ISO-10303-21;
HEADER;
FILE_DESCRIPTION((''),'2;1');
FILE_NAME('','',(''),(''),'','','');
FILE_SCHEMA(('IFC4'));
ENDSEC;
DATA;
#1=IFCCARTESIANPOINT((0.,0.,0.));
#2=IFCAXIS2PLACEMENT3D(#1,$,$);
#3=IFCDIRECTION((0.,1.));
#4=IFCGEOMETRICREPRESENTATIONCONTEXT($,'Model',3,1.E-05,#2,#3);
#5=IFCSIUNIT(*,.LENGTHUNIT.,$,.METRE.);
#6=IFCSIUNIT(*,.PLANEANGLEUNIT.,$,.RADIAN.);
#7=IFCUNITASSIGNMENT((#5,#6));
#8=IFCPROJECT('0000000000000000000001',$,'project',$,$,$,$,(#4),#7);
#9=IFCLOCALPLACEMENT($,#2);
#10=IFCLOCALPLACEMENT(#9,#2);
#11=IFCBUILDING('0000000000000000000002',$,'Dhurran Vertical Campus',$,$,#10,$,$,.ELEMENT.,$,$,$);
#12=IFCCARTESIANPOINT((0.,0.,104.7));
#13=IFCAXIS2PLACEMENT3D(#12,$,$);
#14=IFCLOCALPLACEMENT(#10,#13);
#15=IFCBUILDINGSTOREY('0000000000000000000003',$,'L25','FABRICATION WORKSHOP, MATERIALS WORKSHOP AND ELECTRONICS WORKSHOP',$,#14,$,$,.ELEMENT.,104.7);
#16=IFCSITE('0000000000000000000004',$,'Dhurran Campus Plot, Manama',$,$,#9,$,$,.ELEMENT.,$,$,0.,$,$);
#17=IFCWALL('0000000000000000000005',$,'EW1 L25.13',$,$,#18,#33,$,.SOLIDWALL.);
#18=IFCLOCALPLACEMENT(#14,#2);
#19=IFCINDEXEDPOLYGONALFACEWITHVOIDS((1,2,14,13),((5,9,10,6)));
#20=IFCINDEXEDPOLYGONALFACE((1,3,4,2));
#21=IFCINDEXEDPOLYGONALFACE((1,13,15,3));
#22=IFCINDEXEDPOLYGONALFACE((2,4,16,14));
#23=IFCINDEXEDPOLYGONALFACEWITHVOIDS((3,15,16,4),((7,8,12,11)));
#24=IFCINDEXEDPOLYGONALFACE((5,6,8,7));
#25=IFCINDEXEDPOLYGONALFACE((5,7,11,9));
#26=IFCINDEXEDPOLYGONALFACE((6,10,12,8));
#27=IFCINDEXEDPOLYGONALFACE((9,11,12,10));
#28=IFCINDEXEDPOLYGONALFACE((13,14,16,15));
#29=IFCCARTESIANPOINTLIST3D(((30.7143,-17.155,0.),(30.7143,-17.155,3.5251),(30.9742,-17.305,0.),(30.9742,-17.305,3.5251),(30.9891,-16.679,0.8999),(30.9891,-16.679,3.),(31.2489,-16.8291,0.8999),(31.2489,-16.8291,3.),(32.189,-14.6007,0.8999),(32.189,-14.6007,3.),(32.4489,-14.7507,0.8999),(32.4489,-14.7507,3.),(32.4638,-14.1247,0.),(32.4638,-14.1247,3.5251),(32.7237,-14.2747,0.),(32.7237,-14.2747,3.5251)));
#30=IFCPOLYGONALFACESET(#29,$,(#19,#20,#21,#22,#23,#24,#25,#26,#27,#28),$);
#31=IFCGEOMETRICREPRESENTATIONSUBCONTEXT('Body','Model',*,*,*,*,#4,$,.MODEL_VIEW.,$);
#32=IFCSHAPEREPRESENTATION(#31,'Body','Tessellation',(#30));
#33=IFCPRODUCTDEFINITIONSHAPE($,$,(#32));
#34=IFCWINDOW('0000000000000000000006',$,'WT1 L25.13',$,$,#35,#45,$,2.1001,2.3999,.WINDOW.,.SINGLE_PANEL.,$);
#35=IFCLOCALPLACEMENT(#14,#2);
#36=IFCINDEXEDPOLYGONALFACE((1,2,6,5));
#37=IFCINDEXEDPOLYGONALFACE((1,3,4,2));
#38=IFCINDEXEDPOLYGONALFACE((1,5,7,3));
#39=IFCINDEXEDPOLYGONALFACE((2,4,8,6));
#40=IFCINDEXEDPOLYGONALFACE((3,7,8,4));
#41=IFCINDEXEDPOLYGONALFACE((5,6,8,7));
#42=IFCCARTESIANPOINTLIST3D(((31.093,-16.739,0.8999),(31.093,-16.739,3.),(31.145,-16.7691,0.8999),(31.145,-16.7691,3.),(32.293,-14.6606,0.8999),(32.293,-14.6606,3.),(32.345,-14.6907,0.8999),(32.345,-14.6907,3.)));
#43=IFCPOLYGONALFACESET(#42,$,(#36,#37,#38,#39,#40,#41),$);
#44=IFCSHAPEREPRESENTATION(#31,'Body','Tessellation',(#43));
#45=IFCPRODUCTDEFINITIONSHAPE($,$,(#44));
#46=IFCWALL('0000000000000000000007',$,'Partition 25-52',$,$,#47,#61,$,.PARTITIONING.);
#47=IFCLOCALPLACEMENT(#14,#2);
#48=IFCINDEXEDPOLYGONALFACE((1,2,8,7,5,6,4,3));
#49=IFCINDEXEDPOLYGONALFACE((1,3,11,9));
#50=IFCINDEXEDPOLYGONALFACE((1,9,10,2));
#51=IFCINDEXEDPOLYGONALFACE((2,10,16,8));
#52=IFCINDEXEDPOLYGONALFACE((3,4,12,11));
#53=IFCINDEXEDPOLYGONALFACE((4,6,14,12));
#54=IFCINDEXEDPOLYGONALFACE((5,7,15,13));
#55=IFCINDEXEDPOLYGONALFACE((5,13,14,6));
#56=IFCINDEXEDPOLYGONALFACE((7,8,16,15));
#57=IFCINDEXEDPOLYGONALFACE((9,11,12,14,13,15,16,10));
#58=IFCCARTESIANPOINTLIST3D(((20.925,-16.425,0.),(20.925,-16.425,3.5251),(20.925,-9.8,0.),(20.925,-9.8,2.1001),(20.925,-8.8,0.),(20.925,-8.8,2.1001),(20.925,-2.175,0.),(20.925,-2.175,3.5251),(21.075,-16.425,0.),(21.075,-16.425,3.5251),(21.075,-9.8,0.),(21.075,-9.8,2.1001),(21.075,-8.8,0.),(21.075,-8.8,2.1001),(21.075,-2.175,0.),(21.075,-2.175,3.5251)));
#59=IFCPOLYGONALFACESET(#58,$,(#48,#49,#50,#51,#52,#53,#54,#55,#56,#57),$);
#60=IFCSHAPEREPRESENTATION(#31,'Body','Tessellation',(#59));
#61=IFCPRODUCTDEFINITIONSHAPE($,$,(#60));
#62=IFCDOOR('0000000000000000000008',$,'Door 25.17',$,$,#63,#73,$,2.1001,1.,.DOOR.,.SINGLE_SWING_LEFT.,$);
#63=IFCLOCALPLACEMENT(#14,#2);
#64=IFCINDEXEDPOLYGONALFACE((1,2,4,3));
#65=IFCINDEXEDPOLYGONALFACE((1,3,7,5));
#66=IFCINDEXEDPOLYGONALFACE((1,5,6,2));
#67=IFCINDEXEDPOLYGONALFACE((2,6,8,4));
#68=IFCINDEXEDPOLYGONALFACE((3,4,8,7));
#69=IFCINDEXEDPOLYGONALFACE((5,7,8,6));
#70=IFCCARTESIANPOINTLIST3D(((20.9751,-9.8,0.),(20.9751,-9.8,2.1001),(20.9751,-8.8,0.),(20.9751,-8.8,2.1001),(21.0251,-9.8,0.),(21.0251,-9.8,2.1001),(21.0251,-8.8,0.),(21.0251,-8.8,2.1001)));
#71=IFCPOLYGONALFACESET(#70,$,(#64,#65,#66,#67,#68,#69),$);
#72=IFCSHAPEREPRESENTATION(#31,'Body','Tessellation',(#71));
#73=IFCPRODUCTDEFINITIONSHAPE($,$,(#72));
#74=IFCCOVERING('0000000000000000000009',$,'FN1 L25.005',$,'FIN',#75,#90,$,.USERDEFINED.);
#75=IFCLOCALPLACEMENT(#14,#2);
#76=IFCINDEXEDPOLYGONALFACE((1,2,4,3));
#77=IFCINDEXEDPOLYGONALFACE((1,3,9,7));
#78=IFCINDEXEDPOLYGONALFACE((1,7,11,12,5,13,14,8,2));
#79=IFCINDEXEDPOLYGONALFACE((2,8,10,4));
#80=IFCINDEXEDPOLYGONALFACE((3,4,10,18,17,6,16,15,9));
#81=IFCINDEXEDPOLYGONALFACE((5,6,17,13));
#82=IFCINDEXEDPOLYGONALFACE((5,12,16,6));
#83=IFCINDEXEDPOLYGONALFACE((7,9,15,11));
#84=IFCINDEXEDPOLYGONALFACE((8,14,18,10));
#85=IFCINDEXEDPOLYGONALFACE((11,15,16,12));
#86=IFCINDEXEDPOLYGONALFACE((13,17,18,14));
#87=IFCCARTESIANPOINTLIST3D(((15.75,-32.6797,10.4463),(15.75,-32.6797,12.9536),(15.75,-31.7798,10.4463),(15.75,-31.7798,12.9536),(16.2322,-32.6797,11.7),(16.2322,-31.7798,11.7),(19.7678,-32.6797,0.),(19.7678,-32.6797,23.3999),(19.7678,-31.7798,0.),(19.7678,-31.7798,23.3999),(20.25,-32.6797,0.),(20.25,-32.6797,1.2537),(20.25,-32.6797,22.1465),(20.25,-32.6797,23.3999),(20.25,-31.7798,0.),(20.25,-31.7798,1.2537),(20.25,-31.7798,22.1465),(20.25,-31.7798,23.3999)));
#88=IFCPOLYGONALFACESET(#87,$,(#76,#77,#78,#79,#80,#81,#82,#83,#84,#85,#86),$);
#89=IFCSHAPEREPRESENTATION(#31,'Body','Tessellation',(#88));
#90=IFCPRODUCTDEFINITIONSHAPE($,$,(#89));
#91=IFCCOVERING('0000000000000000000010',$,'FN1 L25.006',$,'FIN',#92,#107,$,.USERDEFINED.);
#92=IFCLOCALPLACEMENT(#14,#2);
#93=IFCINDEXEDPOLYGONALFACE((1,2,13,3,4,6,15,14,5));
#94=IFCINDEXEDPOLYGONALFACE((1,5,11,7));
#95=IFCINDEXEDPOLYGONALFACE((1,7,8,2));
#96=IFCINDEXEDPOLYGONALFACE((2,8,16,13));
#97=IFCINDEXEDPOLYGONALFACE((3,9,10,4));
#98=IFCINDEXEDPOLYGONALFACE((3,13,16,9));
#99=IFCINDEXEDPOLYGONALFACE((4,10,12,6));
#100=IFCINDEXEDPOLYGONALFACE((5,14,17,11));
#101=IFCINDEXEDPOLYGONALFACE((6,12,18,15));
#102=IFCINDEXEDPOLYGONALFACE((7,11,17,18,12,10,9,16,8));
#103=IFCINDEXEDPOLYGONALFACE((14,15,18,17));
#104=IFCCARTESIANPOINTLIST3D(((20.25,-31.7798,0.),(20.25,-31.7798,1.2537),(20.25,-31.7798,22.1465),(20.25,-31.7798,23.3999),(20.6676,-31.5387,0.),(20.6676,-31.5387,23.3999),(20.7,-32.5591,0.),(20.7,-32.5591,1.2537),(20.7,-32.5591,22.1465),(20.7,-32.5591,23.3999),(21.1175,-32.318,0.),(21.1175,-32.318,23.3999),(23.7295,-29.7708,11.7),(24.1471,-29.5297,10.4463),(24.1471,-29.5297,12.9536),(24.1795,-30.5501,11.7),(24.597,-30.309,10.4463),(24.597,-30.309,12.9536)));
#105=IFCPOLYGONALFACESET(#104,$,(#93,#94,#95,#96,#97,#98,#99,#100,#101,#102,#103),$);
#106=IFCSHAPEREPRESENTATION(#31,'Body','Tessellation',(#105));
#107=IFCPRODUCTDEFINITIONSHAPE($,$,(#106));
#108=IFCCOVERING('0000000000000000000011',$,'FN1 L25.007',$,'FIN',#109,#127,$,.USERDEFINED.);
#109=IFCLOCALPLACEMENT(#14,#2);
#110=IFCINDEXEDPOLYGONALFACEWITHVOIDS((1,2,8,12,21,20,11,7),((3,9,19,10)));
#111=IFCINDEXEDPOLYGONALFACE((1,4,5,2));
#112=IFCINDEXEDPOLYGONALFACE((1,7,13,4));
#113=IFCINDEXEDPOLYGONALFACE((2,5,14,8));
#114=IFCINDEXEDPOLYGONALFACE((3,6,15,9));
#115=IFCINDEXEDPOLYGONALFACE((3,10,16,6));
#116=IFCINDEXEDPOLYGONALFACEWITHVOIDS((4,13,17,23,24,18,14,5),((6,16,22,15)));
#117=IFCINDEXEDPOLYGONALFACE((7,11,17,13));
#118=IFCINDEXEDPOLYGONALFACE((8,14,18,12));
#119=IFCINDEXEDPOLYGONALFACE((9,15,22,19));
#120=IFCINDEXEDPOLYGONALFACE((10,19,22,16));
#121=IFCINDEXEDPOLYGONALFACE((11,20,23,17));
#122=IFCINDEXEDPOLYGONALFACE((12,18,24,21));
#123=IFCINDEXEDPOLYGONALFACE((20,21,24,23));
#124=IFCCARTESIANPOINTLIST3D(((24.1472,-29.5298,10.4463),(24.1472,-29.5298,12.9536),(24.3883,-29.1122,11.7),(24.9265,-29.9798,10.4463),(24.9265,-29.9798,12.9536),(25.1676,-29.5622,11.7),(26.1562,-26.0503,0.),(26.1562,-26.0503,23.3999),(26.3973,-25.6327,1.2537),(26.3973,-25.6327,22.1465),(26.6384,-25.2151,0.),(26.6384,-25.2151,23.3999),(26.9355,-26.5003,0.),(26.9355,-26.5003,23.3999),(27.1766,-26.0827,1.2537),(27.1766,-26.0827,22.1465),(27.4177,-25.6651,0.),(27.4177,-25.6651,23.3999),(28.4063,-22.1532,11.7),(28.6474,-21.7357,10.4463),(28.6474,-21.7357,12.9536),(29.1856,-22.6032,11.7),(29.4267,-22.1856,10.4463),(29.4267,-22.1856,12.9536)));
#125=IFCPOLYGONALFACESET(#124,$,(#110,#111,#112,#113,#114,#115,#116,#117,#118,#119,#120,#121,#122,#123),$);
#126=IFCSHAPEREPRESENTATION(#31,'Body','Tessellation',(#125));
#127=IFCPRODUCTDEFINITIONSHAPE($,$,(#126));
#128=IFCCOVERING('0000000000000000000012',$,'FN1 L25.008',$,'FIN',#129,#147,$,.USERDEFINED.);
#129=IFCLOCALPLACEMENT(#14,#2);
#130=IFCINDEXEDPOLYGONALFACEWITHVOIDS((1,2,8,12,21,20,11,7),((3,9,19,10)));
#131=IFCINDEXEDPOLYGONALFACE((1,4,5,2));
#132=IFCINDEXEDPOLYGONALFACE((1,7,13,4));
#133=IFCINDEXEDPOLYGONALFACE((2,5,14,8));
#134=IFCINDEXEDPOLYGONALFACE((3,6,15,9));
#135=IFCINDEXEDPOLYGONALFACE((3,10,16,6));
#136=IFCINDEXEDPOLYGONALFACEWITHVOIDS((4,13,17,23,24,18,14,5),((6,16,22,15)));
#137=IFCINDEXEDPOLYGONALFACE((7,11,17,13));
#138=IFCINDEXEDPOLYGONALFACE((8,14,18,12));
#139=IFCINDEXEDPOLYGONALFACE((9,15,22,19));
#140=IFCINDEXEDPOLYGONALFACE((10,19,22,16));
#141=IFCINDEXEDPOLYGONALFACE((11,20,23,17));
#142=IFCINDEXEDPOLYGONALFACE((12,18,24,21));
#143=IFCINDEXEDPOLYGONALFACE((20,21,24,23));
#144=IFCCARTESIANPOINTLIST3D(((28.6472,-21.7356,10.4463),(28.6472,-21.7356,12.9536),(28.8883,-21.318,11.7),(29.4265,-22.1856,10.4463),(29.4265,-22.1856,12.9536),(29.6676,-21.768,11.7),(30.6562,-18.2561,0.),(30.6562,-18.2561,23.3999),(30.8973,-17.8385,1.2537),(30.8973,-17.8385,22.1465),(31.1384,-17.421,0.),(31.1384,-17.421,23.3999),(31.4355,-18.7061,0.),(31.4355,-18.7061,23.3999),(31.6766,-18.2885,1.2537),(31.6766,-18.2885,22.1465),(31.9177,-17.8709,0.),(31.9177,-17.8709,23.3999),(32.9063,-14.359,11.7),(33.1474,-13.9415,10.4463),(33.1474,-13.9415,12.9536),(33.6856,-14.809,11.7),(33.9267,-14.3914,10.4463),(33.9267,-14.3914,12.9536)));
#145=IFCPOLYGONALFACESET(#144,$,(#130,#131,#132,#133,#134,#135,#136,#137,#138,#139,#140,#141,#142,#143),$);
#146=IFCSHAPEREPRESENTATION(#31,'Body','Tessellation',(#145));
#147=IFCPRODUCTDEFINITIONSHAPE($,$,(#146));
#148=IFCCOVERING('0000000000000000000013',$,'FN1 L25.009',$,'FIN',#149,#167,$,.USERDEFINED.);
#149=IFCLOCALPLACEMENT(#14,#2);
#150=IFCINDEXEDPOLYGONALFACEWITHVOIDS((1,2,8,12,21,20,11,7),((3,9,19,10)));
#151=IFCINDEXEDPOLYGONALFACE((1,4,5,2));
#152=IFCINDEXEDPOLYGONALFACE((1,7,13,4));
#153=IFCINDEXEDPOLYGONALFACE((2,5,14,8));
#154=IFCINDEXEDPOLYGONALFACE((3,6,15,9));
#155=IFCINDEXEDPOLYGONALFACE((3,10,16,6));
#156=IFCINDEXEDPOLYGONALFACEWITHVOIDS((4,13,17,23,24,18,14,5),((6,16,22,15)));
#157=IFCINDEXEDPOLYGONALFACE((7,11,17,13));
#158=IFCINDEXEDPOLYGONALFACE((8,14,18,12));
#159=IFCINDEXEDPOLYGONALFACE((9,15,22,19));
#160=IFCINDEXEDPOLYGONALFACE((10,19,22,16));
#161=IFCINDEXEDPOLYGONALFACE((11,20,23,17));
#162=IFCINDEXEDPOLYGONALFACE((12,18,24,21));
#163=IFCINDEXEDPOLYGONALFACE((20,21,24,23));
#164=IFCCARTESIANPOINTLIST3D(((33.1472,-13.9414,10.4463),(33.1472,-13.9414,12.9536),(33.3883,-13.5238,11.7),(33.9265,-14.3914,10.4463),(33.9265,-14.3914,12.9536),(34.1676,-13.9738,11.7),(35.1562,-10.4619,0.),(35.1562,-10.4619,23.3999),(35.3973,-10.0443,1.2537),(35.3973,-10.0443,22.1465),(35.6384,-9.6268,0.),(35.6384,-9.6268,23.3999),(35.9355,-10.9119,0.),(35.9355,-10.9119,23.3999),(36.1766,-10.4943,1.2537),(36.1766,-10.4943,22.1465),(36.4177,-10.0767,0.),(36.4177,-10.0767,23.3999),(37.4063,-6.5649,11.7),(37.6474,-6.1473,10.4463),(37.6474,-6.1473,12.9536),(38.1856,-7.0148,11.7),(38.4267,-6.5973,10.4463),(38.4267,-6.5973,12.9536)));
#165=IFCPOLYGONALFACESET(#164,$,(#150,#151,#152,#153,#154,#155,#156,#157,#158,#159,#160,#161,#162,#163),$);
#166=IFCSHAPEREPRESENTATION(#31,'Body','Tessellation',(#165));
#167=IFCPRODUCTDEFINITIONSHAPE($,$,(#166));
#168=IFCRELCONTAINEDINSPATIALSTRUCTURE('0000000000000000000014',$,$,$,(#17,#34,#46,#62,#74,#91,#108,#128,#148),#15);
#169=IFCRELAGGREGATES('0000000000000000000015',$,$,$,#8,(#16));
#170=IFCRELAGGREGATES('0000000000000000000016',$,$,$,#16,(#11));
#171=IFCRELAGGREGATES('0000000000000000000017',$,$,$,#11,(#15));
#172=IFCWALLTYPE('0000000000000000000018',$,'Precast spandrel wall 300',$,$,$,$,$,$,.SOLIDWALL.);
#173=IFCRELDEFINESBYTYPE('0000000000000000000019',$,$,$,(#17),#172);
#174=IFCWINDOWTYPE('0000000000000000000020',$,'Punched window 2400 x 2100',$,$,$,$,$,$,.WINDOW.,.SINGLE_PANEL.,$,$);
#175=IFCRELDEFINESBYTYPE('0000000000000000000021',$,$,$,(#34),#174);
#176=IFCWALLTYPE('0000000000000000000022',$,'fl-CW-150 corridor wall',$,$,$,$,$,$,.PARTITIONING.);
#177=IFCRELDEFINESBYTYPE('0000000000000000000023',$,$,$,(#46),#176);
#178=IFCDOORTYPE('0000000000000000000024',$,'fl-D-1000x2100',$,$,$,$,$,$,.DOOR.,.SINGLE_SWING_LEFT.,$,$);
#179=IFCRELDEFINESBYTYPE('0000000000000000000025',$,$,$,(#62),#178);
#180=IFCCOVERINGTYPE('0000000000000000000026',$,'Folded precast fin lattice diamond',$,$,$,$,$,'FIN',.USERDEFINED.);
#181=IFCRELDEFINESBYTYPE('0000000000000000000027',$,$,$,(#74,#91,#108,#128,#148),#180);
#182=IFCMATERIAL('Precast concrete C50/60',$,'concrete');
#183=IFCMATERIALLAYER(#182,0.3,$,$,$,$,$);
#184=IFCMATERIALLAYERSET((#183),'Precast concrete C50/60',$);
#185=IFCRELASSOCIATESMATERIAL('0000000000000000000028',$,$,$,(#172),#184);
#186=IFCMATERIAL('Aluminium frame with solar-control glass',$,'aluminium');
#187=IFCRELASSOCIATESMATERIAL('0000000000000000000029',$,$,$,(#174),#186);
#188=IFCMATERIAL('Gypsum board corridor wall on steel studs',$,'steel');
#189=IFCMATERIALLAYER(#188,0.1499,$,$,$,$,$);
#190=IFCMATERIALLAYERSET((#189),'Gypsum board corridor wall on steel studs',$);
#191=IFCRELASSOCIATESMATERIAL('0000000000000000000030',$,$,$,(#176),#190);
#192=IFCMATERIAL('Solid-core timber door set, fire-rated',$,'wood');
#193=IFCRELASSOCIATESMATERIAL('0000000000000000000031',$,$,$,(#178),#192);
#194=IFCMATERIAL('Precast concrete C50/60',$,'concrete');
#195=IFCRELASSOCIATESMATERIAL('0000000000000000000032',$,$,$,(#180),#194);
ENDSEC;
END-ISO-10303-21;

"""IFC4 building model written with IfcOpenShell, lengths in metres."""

from ifc_helpers import new_model, si_unit, direction, frame, frame_2d, origin, place, context, subcontext, project, spatial, polyline, rectangle, outline, extrude, material, layer, layer_set, type_object, element, fill, save


model = new_model("IFC4")

# Units and contexts
model_context = context("Model", 3, precision=1e-05, world=origin(), true_north=direction((0.0, 1.0)))
body_context = subcontext(model_context, "Body", "Model", "MODEL_VIEW")
ifc_project = project(units=[si_unit("LENGTHUNIT", "METRE"), si_unit("PLANEANGLEUNIT", "RADIAN")], contexts=[model_context])

# Site, building, storey
site_placement = place(None, origin())
site = spatial("IfcSite", under=ifc_project, at=site_placement, Name="Dhurran Campus Plot, Manama", CompositionType="ELEMENT", RefElevation=0.0)
building_placement = place(site_placement, origin())
building = spatial("IfcBuilding", under=site, at=building_placement, Name="Dhurran Vertical Campus", CompositionType="ELEMENT")
storey_placement = place(building_placement, frame((0.0, 0.0, 104.7)))
storey = spatial("IfcBuildingStorey", under=building, at=storey_placement, Name="L25", Description="FABRICATION WORKSHOP, MATERIALS WORKSHOP AND ELECTRONICS WORKSHOP", CompositionType="ELEMENT", Elevation=104.7)

# Wall, opening, window
ifc_material_1 = material(Name="Precast concrete C50/60", Category="concrete")
ifc_layer_1 = layer(ifc_material_1, 0.3)
ifc_layer_set_1 = layer_set([ifc_layer_1], Name="Precast concrete C50/60")
wall_type_1 = type_object("IfcWallType", Name="Precast spandrel wall 300", PredefinedType="SOLIDWALL", material=ifc_layer_set_1)
ifc_material_2 = material(Name="Aluminium frame with solar-control glass", Category="aluminium")
window_type = type_object("IfcWindowType", Name="Punched window 2400 x 2100", PartitioningType="SINGLE_PANEL", PredefinedType="WINDOW", material=ifc_material_2)
wall_1_placement = place(storey_placement, frame((30.8442, -17.23, 0.0), z_axis=(0.0, 0.0, 1.0), x_axis=(0.499996, 0.866028, 0.0)))
wall_1 = element("IfcWall", 1, at=wall_1_placement, inside=storey, type_object=wall_type_1, Name="EW1 L25.13", PredefinedType="SOLIDWALL", context=body_context, shape_type="SweptSolid", body=[
    extrude(rectangle(XDim=3.499, YDim=0.3, at=frame_2d((1.7495, 0.0))), origin(), (0.0, 0.0, 1.0), 3.5251),
])
opening_1_placement = place(wall_1_placement, frame((0.5496, 0.0, 0.8999)))
opening_1 = element("IfcOpeningElement", 2, at=opening_1_placement, cuts=wall_1, PredefinedType="OPENING", context=body_context, shape_type="SweptSolid", body=[
    extrude(rectangle(XDim=2.3999, YDim=2.1001, at=frame_2d((1.2, 1.05))), frame((0.0, 0.1599, 0.0), z_axis=(0.0, -1.0, 0.0), x_axis=(1.0, 0.0, 0.0)), (0.0, 0.0, 1.0), 0.3201),
])
window_1_placement = place(opening_1_placement, origin())
window_1 = element("IfcWindow", 3, at=window_1_placement, inside=storey, type_object=window_type, Name="WT1 L25.13", OverallHeight=2.1001, OverallWidth=2.3999, PartitioningType="SINGLE_PANEL", PredefinedType="WINDOW", context=body_context, shape_type="SweptSolid", body=[
    extrude(rectangle(XDim=2.3999, YDim=2.1001, at=frame_2d((1.2, 1.05))), frame((0.0, 0.03, 0.0), z_axis=(0.0, -1.0, 0.0), x_axis=(1.0, 0.0, 0.0)), (0.0, 0.0, 1.0), 0.0601),
])
fill(opening_1, window_1)

# Wall, opening, door
ifc_material_3 = material(Name="Gypsum board corridor wall on steel studs", Category="steel")
ifc_layer_2 = layer(ifc_material_3, 0.1499)
ifc_layer_set_2 = layer_set([ifc_layer_2], Name="Gypsum board corridor wall on steel studs")
wall_type_2 = type_object("IfcWallType", Name="fl-CW-150 corridor wall", PredefinedType="PARTITIONING", material=ifc_layer_set_2)
wall_2_placement = place(storey_placement, frame((21.0, -16.425, 0.0), z_axis=(0.0, 0.0, 1.0), x_axis=(0.0, 1.0, 0.0)))
wall_2 = element("IfcWall", 4, at=wall_2_placement, inside=storey, type_object=wall_type_2, Name="Partition 25-52", PredefinedType="PARTITIONING", context=body_context, shape_type="SweptSolid", body=[
    extrude(rectangle(XDim=14.25, YDim=0.1499, at=frame_2d((7.125, 0.0))), origin(), (0.0, 0.0, 1.0), 3.5251),
])
opening_2_placement = place(wall_2_placement, frame((6.625, 0.0, 0.0)))
opening_2 = element("IfcOpeningElement", 5, at=opening_2_placement, cuts=wall_2, PredefinedType="OPENING", context=body_context, shape_type="SweptSolid", body=[
    extrude(rectangle(XDim=1.0, YDim=2.1001, at=frame_2d((0.5, 1.05))), frame((0.0, 0.085, 0.0), z_axis=(0.0, -1.0, 0.0), x_axis=(1.0, 0.0, 0.0)), (0.0, 0.0, 1.0), 0.1699),
])
ifc_material_4 = material(Name="Solid-core timber door set, fire-rated", Category="wood")
door_type = type_object("IfcDoorType", Name="fl-D-1000x2100", OperationType="SINGLE_SWING_LEFT", PredefinedType="DOOR", material=ifc_material_4)
door_placement = place(opening_2_placement, origin())
door = element("IfcDoor", 6, at=door_placement, inside=storey, type_object=door_type, Name="Door 25.17", OperationType="SINGLE_SWING_LEFT", OverallHeight=2.1001, OverallWidth=1.0, PredefinedType="DOOR", context=body_context, shape_type="SweptSolid", body=[
    extrude(rectangle(XDim=1.0, YDim=2.1001, at=frame_2d((0.5, 1.05))), frame((0.0, 0.0249, 0.0), z_axis=(0.0, -1.0, 0.0), x_axis=(1.0, 0.0, 0.0)), (0.0, 0.0, 1.0), 0.05),
])
fill(opening_2, door)

# Coverings
ifc_material_5 = material(Name="Precast concrete C50/60", Category="concrete")
covering_type = type_object("IfcCoveringType", Name="Folded precast fin lattice diamond", ElementType="FIN", PredefinedType="USERDEFINED", material=ifc_material_5)
covering_1_placement = place(storey_placement, frame((15.75, -31.7798, 0.0), z_axis=(0.0, -1.0, 0.0), x_axis=(1.0, 0.0, 0.0)))
element("IfcCovering", 7, at=covering_1_placement, inside=storey, type_object=covering_type, Name="FN1 L25.005", ObjectType="FIN", PredefinedType="USERDEFINED", context=body_context, shape_type="SweptSolid", body=[
    extrude(outline(polyline([(4.0178, 0.0), (0.0, 10.4463), (0.0, 12.9536), (4.0178, 23.3999), (4.5, 23.3999), (4.5, 22.1465), (0.4822, 11.7), (4.5, 1.2537), (4.5, 0.0), (4.0178, 0.0)])), origin(), (0.0, 0.0, 1.0), 0.8999),
])
covering_2_placement = place(storey_placement, frame((20.25, -31.7798, 0.0), z_axis=(0.50002, -0.866014, 0.0), x_axis=(0.866014, 0.50002, 0.0)))
element("IfcCovering", 8, at=covering_2_placement, inside=storey, type_object=covering_type, Name="FN1 L25.006", ObjectType="FIN", PredefinedType="USERDEFINED", context=body_context, shape_type="SweptSolid", body=[
    extrude(outline(polyline([(4.5, 10.4463), (0.4822, 0.0), (0.0, 0.0), (0.0, 1.2537), (4.0178, 11.7), (0.0, 22.1465), (0.0, 23.3999), (0.4822, 23.3999), (4.5, 12.9536), (4.5, 10.4463)])), origin(), (0.0, 0.0, 1.0), 0.8999),
])
for number, where, z_axis, x_axis, name in (
    (9, (24.1472, -29.5298, 0.0), (0.866014, -0.50002, 0.0), (0.50002, 0.866014, 0.0), "FN1 L25.007"),
    (10, (28.6472, -21.7356, 0.0), (0.866014, -0.50002, 0.0), (0.50002, 0.866014, 0.0), "FN1 L25.008"),
    (11, (33.1472, -13.9414, 0.0), (0.866014, -0.50002, 0.0), (0.50002, 0.866014, 0.0), "FN1 L25.009"),
):
    element("IfcCovering", number, at=place(storey_placement, frame(where, z_axis=z_axis, x_axis=x_axis)), inside=storey, type_object=covering_type, Name=name, ObjectType="FIN", PredefinedType="USERDEFINED", context=body_context, shape_type="SweptSolid", body=[
        extrude(outline(polyline([(9.0, 12.9536), (9.0, 10.4463), (4.9822, 0.0), (4.0178, 0.0), (0.0, 10.4463), (0.0, 12.9536), (4.0178, 23.3999), (4.9822, 23.3999), (9.0, 12.9536)]), holes=[polyline([(8.5178, 11.7), (4.5, 22.1465), (0.4822, 11.7), (4.5, 1.2537), (8.5178, 11.7)])]), origin(), (0.0, 0.0, 1.0), 0.8999),
    ])

save(model, "model.ifc")
